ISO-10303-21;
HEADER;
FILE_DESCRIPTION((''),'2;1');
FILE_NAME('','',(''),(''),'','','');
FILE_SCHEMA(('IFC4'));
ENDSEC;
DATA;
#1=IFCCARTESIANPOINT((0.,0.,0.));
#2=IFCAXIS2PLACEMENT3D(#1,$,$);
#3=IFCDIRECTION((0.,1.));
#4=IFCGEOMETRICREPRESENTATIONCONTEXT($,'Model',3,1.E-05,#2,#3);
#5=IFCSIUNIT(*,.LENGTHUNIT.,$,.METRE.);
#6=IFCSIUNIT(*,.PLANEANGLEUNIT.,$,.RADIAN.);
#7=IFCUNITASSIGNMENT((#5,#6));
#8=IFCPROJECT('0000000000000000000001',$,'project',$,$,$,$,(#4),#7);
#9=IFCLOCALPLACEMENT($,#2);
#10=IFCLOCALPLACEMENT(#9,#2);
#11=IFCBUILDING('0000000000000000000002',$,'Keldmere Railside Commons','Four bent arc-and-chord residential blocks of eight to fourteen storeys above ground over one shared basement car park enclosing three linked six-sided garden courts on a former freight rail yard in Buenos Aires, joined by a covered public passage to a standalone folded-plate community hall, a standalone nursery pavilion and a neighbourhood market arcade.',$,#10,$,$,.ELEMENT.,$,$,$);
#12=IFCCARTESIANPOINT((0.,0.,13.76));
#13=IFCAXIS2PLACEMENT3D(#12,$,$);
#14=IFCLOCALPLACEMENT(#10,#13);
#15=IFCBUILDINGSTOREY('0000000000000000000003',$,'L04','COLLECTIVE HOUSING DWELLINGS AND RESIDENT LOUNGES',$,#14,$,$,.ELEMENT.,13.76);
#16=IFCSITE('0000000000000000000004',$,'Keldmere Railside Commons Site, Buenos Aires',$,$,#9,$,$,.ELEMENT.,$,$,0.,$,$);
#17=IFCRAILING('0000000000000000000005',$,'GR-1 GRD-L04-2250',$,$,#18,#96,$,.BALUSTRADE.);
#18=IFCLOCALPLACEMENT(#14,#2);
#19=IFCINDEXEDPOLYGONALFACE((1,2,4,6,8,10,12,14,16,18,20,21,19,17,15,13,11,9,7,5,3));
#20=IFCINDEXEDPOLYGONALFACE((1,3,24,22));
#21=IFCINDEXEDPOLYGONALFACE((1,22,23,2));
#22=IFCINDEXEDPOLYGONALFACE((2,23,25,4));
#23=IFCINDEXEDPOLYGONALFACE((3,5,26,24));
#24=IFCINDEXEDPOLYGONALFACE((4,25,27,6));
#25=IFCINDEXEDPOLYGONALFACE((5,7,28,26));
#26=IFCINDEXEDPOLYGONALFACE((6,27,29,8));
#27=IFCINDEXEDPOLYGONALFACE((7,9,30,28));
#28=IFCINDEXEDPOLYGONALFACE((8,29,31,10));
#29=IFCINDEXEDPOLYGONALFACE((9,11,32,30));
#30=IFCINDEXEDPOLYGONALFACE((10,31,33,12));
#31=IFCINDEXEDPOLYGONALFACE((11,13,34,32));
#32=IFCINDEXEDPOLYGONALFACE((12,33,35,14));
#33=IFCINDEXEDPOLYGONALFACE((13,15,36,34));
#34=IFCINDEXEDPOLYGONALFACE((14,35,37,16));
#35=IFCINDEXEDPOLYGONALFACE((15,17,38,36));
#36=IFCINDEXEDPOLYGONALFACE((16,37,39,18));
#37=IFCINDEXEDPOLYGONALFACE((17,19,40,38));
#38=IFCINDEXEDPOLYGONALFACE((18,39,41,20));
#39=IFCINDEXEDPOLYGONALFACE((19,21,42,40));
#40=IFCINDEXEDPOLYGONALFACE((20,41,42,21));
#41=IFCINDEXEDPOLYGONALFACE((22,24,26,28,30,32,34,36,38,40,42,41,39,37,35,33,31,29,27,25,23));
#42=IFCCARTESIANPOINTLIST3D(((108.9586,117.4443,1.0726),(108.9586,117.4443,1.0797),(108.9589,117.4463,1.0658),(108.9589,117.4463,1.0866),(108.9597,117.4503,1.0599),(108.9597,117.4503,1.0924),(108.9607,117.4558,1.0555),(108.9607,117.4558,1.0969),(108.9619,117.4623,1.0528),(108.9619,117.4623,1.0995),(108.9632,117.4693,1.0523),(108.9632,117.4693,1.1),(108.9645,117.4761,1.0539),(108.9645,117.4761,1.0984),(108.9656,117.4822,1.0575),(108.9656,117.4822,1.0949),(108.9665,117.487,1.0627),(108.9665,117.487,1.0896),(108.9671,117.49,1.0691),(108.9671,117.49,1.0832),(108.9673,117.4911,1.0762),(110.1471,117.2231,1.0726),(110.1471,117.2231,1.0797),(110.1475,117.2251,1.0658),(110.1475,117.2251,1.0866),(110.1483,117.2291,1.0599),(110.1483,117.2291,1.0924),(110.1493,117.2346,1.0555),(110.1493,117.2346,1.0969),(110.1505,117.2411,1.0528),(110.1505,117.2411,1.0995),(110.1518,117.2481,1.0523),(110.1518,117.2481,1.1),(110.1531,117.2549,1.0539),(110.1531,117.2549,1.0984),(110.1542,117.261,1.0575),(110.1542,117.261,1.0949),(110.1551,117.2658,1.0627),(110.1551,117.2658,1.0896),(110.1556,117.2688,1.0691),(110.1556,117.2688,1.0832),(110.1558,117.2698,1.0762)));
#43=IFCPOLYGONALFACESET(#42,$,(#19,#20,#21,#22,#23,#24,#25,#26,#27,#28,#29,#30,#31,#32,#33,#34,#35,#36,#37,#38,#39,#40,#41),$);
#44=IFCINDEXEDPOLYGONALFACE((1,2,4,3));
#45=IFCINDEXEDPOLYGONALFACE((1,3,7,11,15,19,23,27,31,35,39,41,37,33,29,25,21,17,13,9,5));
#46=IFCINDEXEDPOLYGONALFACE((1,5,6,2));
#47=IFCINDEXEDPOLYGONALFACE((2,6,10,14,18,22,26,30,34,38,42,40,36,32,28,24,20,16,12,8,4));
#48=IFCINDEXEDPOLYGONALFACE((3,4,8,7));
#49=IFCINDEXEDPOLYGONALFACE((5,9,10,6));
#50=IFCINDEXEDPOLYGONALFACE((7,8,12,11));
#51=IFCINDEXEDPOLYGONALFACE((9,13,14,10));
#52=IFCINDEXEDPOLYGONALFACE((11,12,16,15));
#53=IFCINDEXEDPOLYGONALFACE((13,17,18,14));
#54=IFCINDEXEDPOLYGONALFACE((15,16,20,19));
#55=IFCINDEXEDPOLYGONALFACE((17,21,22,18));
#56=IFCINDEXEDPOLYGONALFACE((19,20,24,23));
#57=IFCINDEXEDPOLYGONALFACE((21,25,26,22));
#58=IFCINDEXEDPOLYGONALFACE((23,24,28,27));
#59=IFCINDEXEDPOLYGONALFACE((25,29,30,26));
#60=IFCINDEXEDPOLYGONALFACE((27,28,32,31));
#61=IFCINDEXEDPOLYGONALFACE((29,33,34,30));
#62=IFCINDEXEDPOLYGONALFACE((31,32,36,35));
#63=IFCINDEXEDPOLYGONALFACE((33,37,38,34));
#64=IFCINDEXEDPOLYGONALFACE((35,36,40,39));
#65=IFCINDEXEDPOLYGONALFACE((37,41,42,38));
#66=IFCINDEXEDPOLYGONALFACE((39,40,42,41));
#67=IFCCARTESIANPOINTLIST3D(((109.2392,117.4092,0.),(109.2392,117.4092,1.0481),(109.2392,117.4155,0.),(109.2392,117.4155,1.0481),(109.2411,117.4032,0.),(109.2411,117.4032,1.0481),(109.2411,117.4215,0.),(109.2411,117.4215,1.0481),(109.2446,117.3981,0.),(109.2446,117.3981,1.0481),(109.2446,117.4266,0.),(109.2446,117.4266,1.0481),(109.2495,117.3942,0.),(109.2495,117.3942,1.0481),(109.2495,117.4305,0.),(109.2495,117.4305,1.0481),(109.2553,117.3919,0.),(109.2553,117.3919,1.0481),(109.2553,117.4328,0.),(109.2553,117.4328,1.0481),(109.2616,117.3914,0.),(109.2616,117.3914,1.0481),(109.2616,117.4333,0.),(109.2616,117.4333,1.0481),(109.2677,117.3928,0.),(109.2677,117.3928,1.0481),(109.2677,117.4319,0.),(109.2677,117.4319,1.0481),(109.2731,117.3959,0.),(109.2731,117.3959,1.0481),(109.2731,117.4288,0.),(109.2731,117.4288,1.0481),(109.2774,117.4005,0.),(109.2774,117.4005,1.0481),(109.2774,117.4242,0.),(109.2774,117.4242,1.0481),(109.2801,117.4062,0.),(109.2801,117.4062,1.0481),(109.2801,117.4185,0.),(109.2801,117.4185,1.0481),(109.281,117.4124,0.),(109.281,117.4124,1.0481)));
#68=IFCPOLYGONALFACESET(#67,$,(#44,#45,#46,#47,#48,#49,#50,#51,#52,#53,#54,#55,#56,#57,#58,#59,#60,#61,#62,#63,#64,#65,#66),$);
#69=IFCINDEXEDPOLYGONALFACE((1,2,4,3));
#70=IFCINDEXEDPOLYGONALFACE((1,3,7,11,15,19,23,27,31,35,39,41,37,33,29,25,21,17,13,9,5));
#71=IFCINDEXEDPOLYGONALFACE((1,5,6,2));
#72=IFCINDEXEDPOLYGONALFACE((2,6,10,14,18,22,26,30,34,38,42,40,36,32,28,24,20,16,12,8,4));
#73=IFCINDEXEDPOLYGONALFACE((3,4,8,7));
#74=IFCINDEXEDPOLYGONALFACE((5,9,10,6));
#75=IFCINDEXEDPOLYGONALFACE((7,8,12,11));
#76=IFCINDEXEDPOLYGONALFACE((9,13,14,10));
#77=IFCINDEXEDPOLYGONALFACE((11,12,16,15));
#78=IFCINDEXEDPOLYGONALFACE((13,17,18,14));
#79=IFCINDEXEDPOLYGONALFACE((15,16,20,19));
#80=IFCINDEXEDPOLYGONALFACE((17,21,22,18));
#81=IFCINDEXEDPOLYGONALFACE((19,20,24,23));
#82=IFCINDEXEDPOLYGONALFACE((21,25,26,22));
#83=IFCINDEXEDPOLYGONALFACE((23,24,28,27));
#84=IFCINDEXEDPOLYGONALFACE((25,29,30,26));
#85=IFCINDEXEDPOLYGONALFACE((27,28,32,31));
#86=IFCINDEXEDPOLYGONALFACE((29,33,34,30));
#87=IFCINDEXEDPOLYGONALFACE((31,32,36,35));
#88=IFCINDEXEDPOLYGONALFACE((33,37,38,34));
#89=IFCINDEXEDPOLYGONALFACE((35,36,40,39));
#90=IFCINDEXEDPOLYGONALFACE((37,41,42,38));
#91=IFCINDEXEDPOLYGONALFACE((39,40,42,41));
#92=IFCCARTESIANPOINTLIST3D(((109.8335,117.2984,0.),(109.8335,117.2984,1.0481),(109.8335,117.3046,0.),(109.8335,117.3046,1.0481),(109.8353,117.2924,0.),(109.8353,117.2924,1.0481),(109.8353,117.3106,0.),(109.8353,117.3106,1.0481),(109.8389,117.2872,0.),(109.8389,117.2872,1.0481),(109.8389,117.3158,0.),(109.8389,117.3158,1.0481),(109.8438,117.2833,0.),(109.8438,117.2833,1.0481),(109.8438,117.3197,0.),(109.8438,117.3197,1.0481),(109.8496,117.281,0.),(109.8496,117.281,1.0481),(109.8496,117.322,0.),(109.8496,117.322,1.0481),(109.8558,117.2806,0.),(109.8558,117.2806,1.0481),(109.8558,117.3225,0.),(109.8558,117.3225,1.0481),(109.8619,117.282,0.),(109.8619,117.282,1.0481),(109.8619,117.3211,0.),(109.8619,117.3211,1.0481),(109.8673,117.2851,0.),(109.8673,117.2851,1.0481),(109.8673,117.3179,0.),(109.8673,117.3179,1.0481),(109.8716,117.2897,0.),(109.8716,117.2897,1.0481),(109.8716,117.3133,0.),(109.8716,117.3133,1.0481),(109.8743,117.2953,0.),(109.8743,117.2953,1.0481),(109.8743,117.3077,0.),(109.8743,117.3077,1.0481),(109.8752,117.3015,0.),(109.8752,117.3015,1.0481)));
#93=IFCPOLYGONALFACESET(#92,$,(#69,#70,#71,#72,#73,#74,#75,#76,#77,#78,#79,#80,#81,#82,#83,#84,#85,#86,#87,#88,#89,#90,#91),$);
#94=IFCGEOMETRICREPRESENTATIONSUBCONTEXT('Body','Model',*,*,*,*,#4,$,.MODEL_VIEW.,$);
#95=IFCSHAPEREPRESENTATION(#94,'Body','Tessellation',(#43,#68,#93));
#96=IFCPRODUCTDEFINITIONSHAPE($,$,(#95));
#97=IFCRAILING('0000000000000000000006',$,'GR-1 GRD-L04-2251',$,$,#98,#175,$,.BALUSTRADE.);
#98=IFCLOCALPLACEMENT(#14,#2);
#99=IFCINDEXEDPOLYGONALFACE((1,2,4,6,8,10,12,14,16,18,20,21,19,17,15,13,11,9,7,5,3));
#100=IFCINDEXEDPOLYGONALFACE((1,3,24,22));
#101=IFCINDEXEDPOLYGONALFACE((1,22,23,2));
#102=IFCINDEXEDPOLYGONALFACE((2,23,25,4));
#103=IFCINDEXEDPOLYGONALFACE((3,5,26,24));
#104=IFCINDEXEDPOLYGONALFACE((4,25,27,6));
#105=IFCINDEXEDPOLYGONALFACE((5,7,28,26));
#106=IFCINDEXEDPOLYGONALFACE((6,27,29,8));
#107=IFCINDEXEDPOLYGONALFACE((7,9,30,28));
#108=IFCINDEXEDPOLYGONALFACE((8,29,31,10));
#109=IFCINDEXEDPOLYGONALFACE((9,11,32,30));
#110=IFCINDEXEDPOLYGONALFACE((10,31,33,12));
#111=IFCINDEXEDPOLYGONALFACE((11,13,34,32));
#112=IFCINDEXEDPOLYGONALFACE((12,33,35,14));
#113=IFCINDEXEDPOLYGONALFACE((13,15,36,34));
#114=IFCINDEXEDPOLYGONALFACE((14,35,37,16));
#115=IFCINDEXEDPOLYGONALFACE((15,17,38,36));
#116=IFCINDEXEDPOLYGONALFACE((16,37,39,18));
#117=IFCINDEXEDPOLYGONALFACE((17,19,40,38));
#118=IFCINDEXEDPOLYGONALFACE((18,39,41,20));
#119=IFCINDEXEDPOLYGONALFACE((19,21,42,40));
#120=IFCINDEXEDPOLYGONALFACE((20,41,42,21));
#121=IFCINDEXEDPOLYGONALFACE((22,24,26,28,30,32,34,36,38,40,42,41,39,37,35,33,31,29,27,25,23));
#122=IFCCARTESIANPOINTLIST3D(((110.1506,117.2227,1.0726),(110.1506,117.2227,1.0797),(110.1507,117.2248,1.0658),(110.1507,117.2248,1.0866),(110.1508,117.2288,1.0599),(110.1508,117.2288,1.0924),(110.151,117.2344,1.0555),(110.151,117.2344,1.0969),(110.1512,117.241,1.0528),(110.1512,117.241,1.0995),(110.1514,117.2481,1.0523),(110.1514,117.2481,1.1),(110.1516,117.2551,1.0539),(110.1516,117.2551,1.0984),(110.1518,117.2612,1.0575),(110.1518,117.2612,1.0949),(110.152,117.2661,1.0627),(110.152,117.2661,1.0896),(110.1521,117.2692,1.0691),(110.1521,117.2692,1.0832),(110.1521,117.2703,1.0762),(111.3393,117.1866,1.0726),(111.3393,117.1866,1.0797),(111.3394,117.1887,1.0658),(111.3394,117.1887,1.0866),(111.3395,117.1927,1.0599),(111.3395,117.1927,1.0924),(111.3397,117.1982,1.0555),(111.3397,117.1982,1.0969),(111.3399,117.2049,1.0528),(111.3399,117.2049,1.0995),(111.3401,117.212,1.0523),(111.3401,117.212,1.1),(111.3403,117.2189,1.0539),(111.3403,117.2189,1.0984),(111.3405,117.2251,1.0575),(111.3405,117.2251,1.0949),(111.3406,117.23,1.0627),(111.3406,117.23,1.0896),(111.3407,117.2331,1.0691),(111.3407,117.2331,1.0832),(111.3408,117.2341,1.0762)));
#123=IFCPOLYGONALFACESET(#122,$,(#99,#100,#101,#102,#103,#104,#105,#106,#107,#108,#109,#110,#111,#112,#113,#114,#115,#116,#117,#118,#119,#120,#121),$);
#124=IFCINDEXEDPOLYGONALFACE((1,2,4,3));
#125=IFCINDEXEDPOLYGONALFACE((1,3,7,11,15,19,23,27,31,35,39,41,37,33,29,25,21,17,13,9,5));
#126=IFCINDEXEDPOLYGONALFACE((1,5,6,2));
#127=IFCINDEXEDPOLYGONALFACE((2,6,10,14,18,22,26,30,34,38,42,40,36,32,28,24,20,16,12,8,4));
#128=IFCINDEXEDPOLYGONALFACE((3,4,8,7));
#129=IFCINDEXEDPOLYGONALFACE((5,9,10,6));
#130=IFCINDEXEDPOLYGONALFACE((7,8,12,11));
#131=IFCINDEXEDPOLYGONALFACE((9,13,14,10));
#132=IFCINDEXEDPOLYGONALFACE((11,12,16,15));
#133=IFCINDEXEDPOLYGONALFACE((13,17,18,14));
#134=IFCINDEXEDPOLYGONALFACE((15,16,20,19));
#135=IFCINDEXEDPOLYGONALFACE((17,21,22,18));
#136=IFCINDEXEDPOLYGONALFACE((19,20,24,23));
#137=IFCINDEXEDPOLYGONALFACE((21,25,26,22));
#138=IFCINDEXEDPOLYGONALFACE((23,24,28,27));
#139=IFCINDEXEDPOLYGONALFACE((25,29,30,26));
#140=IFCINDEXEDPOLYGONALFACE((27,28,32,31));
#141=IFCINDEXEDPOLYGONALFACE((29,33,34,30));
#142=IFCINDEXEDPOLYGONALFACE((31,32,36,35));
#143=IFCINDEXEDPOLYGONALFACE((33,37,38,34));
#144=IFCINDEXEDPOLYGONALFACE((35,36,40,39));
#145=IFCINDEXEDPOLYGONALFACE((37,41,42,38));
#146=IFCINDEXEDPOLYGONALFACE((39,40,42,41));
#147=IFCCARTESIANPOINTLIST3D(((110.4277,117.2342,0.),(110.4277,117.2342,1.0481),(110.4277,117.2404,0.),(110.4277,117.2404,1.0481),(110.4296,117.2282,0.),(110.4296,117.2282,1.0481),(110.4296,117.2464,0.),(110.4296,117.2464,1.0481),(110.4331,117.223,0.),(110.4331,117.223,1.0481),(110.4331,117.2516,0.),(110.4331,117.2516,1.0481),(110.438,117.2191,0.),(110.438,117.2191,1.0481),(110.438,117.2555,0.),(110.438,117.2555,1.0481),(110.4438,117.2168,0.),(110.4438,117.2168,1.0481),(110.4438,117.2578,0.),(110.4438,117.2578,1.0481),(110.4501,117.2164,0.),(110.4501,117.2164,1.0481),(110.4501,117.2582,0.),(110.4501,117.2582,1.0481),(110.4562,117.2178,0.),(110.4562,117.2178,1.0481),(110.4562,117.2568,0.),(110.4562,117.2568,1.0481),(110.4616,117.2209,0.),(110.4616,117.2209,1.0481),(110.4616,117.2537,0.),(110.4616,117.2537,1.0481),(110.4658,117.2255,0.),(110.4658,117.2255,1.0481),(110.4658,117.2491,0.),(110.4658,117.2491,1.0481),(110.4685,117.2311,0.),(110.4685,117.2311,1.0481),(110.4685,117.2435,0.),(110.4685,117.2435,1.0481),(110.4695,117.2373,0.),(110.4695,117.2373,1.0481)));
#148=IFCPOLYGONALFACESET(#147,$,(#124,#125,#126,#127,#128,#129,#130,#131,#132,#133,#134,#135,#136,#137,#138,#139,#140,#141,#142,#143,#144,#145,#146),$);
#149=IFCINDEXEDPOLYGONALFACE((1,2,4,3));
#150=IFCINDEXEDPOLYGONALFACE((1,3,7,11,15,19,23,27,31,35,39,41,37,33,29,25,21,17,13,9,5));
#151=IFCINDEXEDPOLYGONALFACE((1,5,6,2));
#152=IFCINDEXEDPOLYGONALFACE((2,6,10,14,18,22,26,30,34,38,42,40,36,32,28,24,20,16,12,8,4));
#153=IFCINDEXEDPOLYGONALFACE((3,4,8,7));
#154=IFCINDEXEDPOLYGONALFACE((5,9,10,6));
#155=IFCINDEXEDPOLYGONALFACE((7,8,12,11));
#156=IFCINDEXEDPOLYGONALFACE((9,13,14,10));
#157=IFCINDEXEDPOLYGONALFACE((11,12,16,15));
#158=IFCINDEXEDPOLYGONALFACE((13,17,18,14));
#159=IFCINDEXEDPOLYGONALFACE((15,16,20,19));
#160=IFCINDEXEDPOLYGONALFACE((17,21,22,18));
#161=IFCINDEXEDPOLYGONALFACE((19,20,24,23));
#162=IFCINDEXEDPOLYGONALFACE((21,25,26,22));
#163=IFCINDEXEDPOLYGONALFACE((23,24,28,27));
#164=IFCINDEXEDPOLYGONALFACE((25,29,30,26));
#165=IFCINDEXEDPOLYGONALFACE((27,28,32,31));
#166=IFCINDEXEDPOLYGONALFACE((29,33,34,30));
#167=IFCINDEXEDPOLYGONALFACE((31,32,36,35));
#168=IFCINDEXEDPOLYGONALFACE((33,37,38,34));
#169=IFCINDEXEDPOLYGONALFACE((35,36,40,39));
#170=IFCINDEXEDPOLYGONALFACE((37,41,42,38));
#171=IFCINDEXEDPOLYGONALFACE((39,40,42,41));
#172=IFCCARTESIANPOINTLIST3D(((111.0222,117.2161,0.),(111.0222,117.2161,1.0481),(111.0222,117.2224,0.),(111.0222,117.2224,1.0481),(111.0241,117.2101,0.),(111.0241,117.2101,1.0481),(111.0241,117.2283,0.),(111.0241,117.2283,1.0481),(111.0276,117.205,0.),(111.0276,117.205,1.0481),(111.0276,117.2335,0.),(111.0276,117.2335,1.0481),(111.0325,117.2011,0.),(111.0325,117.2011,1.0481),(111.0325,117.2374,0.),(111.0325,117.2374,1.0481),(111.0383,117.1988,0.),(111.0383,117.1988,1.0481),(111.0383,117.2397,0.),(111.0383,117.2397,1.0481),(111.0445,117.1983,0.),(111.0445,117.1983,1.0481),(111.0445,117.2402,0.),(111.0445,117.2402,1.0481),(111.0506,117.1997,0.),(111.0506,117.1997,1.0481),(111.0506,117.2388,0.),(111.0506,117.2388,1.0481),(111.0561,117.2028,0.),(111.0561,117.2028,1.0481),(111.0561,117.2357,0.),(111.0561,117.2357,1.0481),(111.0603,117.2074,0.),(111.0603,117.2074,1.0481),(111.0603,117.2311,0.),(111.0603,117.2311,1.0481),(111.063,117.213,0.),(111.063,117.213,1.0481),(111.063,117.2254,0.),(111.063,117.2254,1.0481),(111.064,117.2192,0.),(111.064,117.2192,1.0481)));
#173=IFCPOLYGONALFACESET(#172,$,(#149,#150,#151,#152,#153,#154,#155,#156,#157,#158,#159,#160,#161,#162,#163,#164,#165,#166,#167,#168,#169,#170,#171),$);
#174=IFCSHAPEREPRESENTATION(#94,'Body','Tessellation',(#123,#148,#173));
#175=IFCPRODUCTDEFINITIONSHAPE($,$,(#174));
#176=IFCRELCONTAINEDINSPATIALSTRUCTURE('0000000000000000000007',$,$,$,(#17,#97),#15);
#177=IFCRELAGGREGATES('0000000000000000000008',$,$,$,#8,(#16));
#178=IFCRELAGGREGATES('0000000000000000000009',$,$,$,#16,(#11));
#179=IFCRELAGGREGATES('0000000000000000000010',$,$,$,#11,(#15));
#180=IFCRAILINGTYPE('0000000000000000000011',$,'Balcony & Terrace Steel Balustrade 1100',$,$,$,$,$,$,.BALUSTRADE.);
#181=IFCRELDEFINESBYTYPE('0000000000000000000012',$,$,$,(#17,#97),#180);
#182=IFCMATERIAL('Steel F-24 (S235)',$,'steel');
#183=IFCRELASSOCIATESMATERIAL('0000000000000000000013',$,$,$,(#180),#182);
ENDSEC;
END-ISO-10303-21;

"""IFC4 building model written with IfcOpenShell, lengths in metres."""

from ifc_helpers import new_model, si_unit, direction, frame, origin, origin_2d, place, context, subcontext, project, spatial, circle, extrude, material, type_object, element, save


model = new_model("IFC4")

# Units and contexts
model_context = context("Model", 3, precision=1e-05, world=origin(), true_north=direction((0.0, 1.0)))
body_context = subcontext(model_context, "Body", "Model", "MODEL_VIEW")
ifc_project = project(units=[si_unit("LENGTHUNIT", "METRE"), si_unit("PLANEANGLEUNIT", "RADIAN")], contexts=[model_context])

# Site, building, storey
site_placement = place(None, origin())
site = spatial("IfcSite", under=ifc_project, at=site_placement, Name="Keldmere Railside Commons Site, Buenos Aires", CompositionType="ELEMENT", RefElevation=0.0)
building_placement = place(site_placement, origin())
building = spatial("IfcBuilding", under=site, at=building_placement, Name="Keldmere Railside Commons", Description="Four bent arc-and-chord residential blocks of eight to fourteen storeys above ground over one shared basement car park enclosing three linked six-sided garden courts on a former freight rail yard in Buenos Aires, joined by a covered public passage to a standalone folded-plate community hall, a standalone nursery pavilion and a neighbourhood market arcade.", CompositionType="ELEMENT")
storey_placement = place(building_placement, frame((0.0, 0.0, 13.76)))
storey = spatial("IfcBuildingStorey", under=building, at=storey_placement, Name="L04", Description="COLLECTIVE HOUSING DWELLINGS AND RESIDENT LOUNGES", CompositionType="ELEMENT", Elevation=13.76)

# Railings
ifc_material_1 = material(Name="Steel F-24 (S235)", Category="steel")
railing_type = type_object("IfcRailingType", Name="Balcony & Terrace Steel Balustrade 1100", PredefinedType="BALUSTRADE", material=ifc_material_1)
railing_1_placement = place(storey_placement, frame((108.9629, 117.4675, 0.0)))
element("IfcRailing", 1, at=railing_1_placement, inside=storey, type_object=railing_type, Name="GR-1 GRD-L04-2250", PredefinedType="BALUSTRADE", context=body_context, shape_type="SweptSolid", body=[
    extrude(circle(Radius=0.0239, at=origin_2d()), frame((0.0, 0.0, 1.0762), z_axis=(0.983118, -0.182971, 0.0), x_axis=(0.182971, 0.983118, 0.0)), (0.0, 0.0, 1.0), 1.209),
    extrude(circle(Radius=0.021, at=origin_2d()), frame((0.2971, -0.0552, 0.0)), (0.0, 0.0, 1.0), 1.0481),
    extrude(circle(Radius=0.021, at=origin_2d()), frame((0.8914, -0.166, 0.0)), (0.0, 0.0, 1.0), 1.0481),
])
railing_2_placement = place(storey_placement, frame((110.1514, 117.2463, 0.0)))
element("IfcRailing", 2, at=railing_2_placement, inside=storey, type_object=railing_type, Name="GR-1 GRD-L04-2251", PredefinedType="BALUSTRADE", context=body_context, shape_type="SweptSolid", body=[
    extrude(circle(Radius=0.0239, at=origin_2d()), frame((0.0, 0.0, 1.0762), z_axis=(0.999538, -0.030382, 0.0), x_axis=(0.030382, 0.999538, 0.0)), (0.0, 0.0, 1.0), 1.1892),
    extrude(circle(Radius=0.021, at=origin_2d()), frame((0.2971, -0.009, 0.0)), (0.0, 0.0, 1.0), 1.0481),
    extrude(circle(Radius=0.021, at=origin_2d()), frame((0.8916, -0.0271, 0.0)), (0.0, 0.0, 1.0), 1.0481),
])

save(model, "model.ifc")
